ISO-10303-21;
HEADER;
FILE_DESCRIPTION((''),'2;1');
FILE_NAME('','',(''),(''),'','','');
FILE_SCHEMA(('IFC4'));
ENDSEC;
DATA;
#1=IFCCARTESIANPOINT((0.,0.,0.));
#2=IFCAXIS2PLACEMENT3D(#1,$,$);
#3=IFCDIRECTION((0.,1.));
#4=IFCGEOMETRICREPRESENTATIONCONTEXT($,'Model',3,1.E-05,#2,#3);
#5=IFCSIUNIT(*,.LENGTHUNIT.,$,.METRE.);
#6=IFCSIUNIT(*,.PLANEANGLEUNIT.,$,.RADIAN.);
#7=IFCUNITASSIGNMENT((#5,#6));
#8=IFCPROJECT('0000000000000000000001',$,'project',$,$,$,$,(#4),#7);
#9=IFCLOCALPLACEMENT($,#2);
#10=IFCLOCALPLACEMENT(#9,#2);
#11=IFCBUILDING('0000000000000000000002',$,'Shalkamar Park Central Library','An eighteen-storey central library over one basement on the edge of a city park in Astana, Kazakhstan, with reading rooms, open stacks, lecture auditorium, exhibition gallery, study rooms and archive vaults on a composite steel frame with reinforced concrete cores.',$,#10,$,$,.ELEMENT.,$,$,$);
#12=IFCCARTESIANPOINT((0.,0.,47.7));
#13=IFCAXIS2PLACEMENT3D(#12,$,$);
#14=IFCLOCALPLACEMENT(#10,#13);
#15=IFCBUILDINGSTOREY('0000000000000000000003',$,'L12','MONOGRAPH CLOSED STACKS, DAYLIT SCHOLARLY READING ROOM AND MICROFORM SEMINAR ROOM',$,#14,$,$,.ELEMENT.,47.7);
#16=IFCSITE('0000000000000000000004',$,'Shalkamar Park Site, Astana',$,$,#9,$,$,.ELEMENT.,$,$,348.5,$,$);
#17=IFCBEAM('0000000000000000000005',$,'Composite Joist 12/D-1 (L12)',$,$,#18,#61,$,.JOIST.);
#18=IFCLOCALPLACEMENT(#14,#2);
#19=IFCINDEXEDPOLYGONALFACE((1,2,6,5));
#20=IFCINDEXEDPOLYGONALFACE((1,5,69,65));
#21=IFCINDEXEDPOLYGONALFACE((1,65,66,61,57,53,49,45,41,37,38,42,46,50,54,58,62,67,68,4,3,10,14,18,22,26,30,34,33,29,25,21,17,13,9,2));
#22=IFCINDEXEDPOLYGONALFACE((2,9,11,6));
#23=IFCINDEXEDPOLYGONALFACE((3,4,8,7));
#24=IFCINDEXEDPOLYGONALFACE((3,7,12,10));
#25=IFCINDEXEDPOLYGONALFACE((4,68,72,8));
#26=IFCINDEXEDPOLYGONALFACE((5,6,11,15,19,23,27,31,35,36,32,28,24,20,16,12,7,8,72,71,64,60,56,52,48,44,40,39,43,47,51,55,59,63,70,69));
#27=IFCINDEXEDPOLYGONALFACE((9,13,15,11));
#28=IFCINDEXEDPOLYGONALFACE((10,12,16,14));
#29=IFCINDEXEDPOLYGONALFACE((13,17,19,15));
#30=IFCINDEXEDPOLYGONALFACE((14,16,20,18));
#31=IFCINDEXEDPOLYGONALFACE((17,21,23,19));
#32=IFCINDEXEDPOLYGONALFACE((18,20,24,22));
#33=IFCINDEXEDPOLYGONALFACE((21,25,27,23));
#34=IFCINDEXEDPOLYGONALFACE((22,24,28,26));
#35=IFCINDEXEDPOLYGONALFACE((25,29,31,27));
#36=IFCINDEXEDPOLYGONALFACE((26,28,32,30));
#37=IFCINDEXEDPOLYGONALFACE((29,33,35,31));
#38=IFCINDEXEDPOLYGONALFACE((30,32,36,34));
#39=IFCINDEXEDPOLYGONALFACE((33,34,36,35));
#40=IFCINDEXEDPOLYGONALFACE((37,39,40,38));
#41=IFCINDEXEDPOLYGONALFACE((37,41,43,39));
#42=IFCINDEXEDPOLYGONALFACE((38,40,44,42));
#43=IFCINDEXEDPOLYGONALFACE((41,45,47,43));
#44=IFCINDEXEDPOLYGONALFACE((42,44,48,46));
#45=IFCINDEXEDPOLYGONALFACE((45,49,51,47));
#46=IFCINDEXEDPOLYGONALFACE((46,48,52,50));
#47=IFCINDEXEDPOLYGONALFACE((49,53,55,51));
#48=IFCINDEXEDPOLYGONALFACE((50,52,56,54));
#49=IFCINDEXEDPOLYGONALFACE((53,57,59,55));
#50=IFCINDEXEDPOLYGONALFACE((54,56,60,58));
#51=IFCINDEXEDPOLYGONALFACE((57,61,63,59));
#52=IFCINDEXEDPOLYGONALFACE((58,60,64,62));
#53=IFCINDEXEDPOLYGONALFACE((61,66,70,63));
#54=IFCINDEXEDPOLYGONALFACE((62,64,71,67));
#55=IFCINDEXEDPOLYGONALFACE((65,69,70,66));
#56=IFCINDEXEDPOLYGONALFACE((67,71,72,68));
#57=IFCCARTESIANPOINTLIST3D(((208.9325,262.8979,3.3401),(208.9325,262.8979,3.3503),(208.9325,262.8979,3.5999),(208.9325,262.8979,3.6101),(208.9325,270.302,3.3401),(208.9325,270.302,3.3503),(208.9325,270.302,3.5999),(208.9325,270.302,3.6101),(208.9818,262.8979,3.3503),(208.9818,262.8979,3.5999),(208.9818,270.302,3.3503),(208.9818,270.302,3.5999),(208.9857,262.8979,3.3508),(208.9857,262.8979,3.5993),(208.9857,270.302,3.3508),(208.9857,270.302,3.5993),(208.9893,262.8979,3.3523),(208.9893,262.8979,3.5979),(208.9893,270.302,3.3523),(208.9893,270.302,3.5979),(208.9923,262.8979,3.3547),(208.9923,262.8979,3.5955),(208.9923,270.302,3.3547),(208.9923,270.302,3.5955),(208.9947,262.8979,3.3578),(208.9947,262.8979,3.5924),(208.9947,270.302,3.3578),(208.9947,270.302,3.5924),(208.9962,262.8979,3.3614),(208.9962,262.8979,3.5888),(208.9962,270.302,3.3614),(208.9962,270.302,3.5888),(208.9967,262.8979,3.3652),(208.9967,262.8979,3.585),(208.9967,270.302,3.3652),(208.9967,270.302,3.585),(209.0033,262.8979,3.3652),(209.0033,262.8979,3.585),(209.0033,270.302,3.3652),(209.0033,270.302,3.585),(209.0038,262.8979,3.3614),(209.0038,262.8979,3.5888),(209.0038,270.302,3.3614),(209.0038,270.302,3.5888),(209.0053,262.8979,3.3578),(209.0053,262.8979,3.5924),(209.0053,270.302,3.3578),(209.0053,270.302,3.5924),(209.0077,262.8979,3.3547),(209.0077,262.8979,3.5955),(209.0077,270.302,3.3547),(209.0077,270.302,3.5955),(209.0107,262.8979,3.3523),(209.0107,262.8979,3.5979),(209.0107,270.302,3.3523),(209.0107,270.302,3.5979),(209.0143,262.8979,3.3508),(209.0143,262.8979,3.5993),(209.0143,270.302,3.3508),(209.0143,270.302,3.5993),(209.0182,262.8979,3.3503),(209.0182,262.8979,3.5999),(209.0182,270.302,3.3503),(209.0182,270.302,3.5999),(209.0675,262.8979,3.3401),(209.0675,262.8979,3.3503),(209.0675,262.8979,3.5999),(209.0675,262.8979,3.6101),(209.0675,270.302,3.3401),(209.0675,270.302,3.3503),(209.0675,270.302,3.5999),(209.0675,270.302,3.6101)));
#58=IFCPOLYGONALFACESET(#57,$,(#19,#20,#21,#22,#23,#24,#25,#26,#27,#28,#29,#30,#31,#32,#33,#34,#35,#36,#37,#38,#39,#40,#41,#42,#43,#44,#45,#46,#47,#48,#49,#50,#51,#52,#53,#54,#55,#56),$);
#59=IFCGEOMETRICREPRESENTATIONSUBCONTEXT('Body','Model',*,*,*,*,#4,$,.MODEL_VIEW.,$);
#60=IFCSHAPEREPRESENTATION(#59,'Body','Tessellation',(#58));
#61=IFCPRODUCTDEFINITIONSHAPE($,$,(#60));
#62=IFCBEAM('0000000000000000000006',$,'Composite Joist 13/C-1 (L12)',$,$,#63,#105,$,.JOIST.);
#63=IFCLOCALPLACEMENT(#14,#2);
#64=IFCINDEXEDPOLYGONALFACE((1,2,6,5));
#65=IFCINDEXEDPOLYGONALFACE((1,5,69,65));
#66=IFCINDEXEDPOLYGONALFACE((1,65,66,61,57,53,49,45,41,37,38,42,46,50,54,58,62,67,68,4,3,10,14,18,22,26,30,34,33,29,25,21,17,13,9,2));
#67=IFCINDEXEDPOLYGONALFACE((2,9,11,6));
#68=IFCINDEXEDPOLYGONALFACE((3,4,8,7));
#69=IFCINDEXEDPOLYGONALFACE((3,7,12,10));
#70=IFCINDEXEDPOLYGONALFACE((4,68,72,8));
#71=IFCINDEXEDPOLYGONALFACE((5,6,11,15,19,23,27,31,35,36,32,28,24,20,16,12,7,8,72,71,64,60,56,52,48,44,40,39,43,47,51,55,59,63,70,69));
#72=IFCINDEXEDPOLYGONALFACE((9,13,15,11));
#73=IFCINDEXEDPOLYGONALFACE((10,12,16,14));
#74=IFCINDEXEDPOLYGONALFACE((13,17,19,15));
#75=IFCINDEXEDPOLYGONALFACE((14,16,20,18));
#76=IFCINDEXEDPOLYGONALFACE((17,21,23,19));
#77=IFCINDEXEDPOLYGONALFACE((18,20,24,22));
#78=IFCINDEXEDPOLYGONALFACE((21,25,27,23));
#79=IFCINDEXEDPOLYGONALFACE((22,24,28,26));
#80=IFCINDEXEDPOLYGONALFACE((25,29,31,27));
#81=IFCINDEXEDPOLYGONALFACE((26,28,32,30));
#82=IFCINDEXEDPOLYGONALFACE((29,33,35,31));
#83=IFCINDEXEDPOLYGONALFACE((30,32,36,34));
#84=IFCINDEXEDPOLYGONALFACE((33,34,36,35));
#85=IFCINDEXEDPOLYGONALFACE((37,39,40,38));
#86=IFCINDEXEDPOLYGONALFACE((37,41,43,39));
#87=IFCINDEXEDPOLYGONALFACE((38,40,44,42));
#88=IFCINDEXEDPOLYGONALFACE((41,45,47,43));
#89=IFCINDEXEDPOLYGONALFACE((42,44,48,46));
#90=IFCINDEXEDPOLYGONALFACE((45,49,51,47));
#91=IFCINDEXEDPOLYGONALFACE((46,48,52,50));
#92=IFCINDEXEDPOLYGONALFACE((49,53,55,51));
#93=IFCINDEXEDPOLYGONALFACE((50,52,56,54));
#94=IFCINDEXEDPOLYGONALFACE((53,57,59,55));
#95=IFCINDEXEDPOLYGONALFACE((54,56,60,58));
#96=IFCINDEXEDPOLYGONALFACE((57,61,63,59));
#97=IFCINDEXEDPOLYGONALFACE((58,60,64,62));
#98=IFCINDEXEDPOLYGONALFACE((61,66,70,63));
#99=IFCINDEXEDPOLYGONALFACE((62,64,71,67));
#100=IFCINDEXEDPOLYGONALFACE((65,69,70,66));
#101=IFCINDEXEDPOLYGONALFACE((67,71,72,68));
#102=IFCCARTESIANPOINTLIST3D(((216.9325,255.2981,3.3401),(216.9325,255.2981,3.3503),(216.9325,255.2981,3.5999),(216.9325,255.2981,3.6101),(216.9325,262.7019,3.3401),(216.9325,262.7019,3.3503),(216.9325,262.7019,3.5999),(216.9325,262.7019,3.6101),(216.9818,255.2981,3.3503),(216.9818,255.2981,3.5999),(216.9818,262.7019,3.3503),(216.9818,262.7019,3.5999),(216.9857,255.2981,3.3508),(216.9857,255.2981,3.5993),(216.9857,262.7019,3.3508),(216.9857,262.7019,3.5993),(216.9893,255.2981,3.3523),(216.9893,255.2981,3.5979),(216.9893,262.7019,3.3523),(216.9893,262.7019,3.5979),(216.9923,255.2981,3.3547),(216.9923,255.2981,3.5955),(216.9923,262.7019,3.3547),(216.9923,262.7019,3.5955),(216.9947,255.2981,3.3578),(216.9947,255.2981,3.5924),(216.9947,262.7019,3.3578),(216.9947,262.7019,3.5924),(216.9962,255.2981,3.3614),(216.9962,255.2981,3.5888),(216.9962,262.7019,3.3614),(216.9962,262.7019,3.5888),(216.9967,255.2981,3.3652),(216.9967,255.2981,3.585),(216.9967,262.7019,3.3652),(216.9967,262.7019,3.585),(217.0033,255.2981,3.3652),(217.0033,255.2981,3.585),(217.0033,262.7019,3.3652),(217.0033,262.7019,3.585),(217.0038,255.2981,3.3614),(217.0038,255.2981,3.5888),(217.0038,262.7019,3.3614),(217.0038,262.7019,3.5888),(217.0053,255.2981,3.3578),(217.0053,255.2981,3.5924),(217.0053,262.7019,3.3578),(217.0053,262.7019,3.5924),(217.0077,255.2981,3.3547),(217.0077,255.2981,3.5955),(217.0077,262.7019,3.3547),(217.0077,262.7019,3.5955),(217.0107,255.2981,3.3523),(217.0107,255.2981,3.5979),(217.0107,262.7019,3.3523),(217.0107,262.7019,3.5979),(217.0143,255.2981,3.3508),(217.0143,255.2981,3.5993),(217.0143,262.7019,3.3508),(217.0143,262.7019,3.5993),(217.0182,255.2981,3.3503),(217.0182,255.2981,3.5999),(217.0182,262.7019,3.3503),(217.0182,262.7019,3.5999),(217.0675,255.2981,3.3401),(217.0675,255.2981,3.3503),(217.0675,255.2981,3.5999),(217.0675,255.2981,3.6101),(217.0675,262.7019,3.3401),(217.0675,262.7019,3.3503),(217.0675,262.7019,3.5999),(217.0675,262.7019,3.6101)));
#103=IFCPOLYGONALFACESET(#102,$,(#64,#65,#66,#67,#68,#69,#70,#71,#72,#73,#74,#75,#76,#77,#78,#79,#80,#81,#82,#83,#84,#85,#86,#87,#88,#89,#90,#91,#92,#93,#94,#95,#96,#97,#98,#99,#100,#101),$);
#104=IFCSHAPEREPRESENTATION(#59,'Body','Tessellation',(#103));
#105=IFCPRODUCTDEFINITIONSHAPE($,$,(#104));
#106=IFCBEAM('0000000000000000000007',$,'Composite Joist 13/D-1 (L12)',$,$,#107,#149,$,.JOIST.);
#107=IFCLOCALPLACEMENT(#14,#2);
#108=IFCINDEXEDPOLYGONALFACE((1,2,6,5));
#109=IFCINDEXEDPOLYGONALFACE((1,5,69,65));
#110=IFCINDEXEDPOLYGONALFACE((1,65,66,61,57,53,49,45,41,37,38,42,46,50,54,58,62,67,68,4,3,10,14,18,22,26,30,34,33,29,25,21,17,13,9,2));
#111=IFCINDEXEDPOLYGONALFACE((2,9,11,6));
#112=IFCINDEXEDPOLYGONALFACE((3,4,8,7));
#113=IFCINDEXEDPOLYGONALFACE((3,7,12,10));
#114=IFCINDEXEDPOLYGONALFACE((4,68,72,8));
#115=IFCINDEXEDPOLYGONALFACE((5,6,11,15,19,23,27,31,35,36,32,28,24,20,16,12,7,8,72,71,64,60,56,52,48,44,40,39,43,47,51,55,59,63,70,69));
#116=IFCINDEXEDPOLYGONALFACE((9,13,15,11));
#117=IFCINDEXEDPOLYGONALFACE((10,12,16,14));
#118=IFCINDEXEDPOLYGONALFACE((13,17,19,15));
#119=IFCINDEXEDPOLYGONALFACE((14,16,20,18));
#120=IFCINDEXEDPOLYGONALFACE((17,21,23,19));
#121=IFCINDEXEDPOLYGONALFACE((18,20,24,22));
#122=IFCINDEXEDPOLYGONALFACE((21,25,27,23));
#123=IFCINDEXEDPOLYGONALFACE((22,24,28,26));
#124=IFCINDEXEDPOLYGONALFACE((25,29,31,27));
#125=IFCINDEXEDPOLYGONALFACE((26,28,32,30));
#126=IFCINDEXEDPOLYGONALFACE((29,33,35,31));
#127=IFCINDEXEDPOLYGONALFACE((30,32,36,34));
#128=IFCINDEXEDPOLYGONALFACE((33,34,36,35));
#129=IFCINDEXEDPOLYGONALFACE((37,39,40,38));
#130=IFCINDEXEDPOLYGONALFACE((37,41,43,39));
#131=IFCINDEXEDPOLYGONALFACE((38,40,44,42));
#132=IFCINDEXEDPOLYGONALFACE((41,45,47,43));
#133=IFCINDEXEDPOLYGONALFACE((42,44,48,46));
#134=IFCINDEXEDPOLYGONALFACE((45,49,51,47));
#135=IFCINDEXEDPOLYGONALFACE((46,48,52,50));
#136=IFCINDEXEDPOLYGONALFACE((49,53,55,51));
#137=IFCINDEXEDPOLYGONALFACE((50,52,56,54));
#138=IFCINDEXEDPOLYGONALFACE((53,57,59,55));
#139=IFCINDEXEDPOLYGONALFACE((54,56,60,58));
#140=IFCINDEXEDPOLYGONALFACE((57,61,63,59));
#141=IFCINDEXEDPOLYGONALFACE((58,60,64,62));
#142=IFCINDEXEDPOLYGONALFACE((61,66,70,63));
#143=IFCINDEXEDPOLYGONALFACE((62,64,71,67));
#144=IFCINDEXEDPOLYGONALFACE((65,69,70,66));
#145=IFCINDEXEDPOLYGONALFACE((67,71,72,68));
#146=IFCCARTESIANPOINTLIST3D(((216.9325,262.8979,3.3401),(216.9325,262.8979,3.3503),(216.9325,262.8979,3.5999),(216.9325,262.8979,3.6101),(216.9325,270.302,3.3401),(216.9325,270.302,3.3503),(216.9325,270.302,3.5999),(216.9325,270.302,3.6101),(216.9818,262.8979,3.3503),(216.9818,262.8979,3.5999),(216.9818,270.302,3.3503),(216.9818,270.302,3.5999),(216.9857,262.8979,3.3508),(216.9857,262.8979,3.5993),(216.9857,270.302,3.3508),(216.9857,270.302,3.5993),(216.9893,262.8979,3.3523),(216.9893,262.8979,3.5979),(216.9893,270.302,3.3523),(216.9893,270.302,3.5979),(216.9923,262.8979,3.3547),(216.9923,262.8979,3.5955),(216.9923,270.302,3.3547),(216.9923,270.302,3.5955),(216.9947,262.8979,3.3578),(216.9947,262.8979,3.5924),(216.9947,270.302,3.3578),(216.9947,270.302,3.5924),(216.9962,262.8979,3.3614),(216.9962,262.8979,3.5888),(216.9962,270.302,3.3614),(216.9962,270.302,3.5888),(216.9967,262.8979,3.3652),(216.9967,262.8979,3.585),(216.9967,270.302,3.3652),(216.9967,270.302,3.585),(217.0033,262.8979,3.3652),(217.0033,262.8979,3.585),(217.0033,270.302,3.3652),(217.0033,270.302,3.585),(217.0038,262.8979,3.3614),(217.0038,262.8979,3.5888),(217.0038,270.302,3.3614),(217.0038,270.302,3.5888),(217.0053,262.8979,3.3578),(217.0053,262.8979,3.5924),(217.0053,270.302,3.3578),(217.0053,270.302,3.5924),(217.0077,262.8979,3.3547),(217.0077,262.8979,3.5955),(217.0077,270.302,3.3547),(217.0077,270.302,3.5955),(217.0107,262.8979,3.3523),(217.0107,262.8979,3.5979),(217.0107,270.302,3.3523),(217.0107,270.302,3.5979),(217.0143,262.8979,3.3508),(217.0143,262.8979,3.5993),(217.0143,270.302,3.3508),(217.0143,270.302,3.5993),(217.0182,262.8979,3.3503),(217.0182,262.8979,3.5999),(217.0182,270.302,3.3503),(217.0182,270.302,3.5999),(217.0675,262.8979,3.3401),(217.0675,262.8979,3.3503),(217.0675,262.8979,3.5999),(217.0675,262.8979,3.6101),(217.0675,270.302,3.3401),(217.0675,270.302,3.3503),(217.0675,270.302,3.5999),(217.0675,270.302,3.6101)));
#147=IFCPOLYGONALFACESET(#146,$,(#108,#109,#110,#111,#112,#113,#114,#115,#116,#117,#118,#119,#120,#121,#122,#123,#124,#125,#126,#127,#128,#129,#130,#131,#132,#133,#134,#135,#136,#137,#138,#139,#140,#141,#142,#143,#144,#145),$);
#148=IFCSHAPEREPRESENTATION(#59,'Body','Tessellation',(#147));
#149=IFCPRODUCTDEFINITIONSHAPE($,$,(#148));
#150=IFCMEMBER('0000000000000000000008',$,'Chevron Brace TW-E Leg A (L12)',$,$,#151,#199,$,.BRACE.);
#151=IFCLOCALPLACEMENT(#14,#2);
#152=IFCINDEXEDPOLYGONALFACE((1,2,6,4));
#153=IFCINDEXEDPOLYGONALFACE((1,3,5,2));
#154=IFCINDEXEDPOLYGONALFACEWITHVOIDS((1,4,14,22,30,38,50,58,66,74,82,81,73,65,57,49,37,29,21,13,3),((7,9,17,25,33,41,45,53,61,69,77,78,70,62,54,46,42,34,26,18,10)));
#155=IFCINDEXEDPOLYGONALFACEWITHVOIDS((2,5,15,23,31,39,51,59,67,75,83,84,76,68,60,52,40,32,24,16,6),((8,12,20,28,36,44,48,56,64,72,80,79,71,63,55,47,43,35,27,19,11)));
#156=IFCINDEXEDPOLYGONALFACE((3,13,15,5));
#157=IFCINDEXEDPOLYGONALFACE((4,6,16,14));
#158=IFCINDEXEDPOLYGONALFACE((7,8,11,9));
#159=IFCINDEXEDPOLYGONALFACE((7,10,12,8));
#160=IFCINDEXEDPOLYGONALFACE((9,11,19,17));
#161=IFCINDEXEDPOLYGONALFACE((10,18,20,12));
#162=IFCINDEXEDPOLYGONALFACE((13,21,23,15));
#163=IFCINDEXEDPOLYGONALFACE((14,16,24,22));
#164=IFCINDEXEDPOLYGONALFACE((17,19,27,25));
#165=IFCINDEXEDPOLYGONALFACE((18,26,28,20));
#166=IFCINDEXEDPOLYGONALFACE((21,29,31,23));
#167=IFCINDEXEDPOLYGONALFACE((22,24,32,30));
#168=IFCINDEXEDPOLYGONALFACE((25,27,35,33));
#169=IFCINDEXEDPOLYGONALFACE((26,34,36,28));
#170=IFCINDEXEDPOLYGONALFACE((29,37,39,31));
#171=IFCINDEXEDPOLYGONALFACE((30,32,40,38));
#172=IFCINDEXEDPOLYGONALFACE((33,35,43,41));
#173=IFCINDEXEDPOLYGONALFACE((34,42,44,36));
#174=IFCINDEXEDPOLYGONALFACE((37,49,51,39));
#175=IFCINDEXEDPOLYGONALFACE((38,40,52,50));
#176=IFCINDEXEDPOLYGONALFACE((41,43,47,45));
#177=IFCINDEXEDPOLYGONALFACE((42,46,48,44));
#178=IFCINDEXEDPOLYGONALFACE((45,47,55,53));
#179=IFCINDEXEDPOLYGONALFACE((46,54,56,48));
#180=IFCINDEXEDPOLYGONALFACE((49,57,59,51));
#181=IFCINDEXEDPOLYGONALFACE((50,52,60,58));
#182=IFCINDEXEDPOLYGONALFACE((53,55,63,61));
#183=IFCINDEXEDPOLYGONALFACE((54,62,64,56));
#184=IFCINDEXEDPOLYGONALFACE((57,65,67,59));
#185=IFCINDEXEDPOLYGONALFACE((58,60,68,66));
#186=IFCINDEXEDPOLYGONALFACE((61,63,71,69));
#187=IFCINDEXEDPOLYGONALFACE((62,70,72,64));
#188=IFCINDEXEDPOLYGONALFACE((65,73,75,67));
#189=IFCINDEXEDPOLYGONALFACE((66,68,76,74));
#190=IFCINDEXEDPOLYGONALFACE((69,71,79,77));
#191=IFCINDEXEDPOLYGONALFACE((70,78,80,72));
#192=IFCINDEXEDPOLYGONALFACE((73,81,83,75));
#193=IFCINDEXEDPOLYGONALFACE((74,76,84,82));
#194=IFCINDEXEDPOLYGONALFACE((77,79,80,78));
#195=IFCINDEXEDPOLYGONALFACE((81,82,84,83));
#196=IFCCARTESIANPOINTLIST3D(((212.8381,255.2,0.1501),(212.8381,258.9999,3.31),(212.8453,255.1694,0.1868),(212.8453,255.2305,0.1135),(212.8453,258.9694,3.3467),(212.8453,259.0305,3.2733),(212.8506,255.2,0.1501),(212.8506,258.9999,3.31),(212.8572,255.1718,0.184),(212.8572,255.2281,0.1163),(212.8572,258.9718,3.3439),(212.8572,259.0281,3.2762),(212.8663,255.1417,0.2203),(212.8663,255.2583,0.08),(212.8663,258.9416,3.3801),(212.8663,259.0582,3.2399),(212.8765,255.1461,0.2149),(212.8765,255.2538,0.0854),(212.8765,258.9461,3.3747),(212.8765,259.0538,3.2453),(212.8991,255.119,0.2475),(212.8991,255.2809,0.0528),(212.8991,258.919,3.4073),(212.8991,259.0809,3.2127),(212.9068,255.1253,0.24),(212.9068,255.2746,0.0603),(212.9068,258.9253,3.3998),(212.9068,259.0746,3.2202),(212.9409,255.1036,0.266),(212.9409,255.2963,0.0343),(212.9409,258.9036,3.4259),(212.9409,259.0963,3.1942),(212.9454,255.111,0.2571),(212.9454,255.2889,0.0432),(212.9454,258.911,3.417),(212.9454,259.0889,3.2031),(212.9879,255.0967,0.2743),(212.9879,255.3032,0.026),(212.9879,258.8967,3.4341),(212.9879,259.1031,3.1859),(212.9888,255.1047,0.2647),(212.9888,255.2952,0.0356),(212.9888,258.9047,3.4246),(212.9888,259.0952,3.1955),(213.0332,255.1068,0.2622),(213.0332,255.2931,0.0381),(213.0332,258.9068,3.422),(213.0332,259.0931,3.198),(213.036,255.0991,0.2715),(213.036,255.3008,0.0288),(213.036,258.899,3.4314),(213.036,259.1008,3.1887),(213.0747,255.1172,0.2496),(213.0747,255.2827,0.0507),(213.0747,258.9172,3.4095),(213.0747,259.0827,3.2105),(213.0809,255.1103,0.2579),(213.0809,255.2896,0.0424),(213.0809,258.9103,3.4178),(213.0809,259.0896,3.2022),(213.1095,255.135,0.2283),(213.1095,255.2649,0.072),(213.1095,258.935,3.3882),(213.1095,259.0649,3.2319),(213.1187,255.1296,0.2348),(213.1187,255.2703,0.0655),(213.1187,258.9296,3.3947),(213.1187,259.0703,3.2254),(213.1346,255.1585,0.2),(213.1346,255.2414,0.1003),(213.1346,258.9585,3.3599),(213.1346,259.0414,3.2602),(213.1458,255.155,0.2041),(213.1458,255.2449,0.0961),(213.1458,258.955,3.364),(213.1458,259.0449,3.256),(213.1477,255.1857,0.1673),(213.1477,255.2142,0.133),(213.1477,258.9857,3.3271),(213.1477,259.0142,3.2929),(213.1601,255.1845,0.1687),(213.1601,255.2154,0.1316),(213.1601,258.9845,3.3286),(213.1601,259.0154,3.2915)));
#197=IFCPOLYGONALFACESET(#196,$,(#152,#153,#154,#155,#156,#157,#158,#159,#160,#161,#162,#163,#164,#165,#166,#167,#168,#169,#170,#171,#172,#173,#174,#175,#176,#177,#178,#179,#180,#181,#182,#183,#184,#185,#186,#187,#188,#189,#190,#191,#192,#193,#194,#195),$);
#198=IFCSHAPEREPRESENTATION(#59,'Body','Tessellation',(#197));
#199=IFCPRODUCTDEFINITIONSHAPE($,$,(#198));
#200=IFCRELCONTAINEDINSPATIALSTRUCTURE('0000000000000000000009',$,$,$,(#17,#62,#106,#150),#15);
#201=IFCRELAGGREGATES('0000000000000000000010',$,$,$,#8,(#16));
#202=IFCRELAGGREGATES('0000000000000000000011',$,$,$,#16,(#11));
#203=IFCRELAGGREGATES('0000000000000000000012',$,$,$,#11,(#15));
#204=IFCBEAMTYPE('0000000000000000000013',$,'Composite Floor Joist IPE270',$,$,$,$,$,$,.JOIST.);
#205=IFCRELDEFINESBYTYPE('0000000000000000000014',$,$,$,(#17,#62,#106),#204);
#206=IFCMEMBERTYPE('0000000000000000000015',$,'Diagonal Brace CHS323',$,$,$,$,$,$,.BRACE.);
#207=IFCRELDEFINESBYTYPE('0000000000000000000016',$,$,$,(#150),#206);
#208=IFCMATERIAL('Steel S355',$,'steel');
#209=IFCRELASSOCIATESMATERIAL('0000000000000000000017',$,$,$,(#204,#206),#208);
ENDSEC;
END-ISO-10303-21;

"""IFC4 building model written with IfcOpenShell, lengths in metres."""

from ifc_helpers import new_model, si_unit, direction, frame, origin, origin_2d, place, context, subcontext, project, spatial, hollow_circle, i_section, extrude, material, material_profile, profile_set, type_object, element, save


model = new_model("IFC4")

# Units and contexts
model_context = context("Model", 3, precision=1e-05, world=origin(), true_north=direction((0.0, 1.0)))
body_context = subcontext(model_context, "Body", "Model", "MODEL_VIEW")
ifc_project = project(units=[si_unit("LENGTHUNIT", "METRE"), si_unit("PLANEANGLEUNIT", "RADIAN")], contexts=[model_context])

# Site, building, storey
site_placement = place(None, origin())
site = spatial("IfcSite", under=ifc_project, at=site_placement, Name="Shalkamar Park Site, Astana", CompositionType="ELEMENT", RefElevation=348.5)
building_placement = place(site_placement, origin())
building = spatial("IfcBuilding", under=site, at=building_placement, Name="Shalkamar Park Central Library", Description="An eighteen-storey central library over one basement on the edge of a city park in Astana, Kazakhstan, with reading rooms, open stacks, lecture auditorium, exhibition gallery, study rooms and archive vaults on a composite steel frame with reinforced concrete cores.", CompositionType="ELEMENT")
storey_placement = place(building_placement, frame((0.0, 0.0, 47.7)))
storey = spatial("IfcBuildingStorey", under=building, at=storey_placement, Name="L12", Description="MONOGRAPH CLOSED STACKS, DAYLIT SCHOLARLY READING ROOM AND MICROFORM SEMINAR ROOM", CompositionType="ELEMENT", Elevation=47.7)

# Shared definitions
ifc_material_1 = material(Name="Steel S355", Category="steel")

# Beams
ifc_material_profile_1 = material_profile(ifc_material_1, i_section(OverallWidth=0.135, OverallDepth=0.27, WebThickness=0.0066, FlangeThickness=0.0103, FilletRadius=0.0149, at=origin_2d()), Name="IPE 270")
ifc_profile_set_1 = profile_set([ifc_material_profile_1], Name="Steel S355")
beam_type_1 = type_object("IfcBeamType", Name="Composite Floor Joist IPE270", PredefinedType="JOIST", material=ifc_profile_set_1)
beam_1_placement = place(storey_placement, frame((209.0, 262.8979, 3.4751), z_axis=(0.0, 1.0, 0.0), x_axis=(-1.0, 0.0, 0.0)))
element("IfcBeam", 1, at=beam_1_placement, inside=storey, type_object=beam_type_1, Name="Composite Joist 12/D-1 (L12)", PredefinedType="JOIST", context=body_context, shape_type="SweptSolid", body=[
    extrude(i_section(OverallWidth=0.135, OverallDepth=0.27, WebThickness=0.0066, FlangeThickness=0.0103, FilletRadius=0.0149, at=origin_2d()), origin(), (0.0, 0.0, 1.0), 7.4041),
])
beam_2_placement = place(storey_placement, frame((217.0, 255.2981, 3.4751), z_axis=(0.0, 1.0, 0.0), x_axis=(-1.0, 0.0, 0.0)))
element("IfcBeam", 2, at=beam_2_placement, inside=storey, type_object=beam_type_1, Name="Composite Joist 13/C-1 (L12)", PredefinedType="JOIST", context=body_context, shape_type="SweptSolid", body=[
    extrude(i_section(OverallWidth=0.135, OverallDepth=0.27, WebThickness=0.0066, FlangeThickness=0.0103, FilletRadius=0.0149, at=origin_2d()), origin(), (0.0, 0.0, 1.0), 7.4038),
])
beam_3_placement = place(storey_placement, frame((217.0, 262.8979, 3.4751), z_axis=(0.0, 1.0, 0.0), x_axis=(-1.0, 0.0, 0.0)))
element("IfcBeam", 3, at=beam_3_placement, inside=storey, type_object=beam_type_1, Name="Composite Joist 13/D-1 (L12)", PredefinedType="JOIST", context=body_context, shape_type="SweptSolid", body=[
    extrude(i_section(OverallWidth=0.135, OverallDepth=0.27, WebThickness=0.0066, FlangeThickness=0.0103, FilletRadius=0.0149, at=origin_2d()), origin(), (0.0, 0.0, 1.0), 7.4041),
])

# Member
ifc_material_profile_2 = material_profile(ifc_material_1, hollow_circle(Radius=0.1619, WallThickness=0.0125, at=origin_2d()), Name="CHS 323.9x12.5")
ifc_profile_set_2 = profile_set([ifc_material_profile_2], Name="Steel S355")
member_type = type_object("IfcMemberType", Name="Diagonal Brace CHS323", PredefinedType="BRACE", material=ifc_profile_set_2)
for number, where, z_axis, x_axis, name in (
    (4, (213.0, 255.2, 0.1501), (0.0, 0.768897, 0.639373), (-1.0, 0.0, 0.0), "Chevron Brace TW-E Leg A (L12)"),
):
    element("IfcMember", number, at=place(storey_placement, frame(where, z_axis=z_axis, x_axis=x_axis)), inside=storey, type_object=member_type, Name=name, PredefinedType="BRACE", context=body_context, shape_type="SweptSolid", body=[
        extrude(hollow_circle(Radius=0.1619, WallThickness=0.0125, at=origin_2d()), origin(), (0.0, 0.0, 1.0), 4.9421),
    ])

save(model, "model.ifc")
